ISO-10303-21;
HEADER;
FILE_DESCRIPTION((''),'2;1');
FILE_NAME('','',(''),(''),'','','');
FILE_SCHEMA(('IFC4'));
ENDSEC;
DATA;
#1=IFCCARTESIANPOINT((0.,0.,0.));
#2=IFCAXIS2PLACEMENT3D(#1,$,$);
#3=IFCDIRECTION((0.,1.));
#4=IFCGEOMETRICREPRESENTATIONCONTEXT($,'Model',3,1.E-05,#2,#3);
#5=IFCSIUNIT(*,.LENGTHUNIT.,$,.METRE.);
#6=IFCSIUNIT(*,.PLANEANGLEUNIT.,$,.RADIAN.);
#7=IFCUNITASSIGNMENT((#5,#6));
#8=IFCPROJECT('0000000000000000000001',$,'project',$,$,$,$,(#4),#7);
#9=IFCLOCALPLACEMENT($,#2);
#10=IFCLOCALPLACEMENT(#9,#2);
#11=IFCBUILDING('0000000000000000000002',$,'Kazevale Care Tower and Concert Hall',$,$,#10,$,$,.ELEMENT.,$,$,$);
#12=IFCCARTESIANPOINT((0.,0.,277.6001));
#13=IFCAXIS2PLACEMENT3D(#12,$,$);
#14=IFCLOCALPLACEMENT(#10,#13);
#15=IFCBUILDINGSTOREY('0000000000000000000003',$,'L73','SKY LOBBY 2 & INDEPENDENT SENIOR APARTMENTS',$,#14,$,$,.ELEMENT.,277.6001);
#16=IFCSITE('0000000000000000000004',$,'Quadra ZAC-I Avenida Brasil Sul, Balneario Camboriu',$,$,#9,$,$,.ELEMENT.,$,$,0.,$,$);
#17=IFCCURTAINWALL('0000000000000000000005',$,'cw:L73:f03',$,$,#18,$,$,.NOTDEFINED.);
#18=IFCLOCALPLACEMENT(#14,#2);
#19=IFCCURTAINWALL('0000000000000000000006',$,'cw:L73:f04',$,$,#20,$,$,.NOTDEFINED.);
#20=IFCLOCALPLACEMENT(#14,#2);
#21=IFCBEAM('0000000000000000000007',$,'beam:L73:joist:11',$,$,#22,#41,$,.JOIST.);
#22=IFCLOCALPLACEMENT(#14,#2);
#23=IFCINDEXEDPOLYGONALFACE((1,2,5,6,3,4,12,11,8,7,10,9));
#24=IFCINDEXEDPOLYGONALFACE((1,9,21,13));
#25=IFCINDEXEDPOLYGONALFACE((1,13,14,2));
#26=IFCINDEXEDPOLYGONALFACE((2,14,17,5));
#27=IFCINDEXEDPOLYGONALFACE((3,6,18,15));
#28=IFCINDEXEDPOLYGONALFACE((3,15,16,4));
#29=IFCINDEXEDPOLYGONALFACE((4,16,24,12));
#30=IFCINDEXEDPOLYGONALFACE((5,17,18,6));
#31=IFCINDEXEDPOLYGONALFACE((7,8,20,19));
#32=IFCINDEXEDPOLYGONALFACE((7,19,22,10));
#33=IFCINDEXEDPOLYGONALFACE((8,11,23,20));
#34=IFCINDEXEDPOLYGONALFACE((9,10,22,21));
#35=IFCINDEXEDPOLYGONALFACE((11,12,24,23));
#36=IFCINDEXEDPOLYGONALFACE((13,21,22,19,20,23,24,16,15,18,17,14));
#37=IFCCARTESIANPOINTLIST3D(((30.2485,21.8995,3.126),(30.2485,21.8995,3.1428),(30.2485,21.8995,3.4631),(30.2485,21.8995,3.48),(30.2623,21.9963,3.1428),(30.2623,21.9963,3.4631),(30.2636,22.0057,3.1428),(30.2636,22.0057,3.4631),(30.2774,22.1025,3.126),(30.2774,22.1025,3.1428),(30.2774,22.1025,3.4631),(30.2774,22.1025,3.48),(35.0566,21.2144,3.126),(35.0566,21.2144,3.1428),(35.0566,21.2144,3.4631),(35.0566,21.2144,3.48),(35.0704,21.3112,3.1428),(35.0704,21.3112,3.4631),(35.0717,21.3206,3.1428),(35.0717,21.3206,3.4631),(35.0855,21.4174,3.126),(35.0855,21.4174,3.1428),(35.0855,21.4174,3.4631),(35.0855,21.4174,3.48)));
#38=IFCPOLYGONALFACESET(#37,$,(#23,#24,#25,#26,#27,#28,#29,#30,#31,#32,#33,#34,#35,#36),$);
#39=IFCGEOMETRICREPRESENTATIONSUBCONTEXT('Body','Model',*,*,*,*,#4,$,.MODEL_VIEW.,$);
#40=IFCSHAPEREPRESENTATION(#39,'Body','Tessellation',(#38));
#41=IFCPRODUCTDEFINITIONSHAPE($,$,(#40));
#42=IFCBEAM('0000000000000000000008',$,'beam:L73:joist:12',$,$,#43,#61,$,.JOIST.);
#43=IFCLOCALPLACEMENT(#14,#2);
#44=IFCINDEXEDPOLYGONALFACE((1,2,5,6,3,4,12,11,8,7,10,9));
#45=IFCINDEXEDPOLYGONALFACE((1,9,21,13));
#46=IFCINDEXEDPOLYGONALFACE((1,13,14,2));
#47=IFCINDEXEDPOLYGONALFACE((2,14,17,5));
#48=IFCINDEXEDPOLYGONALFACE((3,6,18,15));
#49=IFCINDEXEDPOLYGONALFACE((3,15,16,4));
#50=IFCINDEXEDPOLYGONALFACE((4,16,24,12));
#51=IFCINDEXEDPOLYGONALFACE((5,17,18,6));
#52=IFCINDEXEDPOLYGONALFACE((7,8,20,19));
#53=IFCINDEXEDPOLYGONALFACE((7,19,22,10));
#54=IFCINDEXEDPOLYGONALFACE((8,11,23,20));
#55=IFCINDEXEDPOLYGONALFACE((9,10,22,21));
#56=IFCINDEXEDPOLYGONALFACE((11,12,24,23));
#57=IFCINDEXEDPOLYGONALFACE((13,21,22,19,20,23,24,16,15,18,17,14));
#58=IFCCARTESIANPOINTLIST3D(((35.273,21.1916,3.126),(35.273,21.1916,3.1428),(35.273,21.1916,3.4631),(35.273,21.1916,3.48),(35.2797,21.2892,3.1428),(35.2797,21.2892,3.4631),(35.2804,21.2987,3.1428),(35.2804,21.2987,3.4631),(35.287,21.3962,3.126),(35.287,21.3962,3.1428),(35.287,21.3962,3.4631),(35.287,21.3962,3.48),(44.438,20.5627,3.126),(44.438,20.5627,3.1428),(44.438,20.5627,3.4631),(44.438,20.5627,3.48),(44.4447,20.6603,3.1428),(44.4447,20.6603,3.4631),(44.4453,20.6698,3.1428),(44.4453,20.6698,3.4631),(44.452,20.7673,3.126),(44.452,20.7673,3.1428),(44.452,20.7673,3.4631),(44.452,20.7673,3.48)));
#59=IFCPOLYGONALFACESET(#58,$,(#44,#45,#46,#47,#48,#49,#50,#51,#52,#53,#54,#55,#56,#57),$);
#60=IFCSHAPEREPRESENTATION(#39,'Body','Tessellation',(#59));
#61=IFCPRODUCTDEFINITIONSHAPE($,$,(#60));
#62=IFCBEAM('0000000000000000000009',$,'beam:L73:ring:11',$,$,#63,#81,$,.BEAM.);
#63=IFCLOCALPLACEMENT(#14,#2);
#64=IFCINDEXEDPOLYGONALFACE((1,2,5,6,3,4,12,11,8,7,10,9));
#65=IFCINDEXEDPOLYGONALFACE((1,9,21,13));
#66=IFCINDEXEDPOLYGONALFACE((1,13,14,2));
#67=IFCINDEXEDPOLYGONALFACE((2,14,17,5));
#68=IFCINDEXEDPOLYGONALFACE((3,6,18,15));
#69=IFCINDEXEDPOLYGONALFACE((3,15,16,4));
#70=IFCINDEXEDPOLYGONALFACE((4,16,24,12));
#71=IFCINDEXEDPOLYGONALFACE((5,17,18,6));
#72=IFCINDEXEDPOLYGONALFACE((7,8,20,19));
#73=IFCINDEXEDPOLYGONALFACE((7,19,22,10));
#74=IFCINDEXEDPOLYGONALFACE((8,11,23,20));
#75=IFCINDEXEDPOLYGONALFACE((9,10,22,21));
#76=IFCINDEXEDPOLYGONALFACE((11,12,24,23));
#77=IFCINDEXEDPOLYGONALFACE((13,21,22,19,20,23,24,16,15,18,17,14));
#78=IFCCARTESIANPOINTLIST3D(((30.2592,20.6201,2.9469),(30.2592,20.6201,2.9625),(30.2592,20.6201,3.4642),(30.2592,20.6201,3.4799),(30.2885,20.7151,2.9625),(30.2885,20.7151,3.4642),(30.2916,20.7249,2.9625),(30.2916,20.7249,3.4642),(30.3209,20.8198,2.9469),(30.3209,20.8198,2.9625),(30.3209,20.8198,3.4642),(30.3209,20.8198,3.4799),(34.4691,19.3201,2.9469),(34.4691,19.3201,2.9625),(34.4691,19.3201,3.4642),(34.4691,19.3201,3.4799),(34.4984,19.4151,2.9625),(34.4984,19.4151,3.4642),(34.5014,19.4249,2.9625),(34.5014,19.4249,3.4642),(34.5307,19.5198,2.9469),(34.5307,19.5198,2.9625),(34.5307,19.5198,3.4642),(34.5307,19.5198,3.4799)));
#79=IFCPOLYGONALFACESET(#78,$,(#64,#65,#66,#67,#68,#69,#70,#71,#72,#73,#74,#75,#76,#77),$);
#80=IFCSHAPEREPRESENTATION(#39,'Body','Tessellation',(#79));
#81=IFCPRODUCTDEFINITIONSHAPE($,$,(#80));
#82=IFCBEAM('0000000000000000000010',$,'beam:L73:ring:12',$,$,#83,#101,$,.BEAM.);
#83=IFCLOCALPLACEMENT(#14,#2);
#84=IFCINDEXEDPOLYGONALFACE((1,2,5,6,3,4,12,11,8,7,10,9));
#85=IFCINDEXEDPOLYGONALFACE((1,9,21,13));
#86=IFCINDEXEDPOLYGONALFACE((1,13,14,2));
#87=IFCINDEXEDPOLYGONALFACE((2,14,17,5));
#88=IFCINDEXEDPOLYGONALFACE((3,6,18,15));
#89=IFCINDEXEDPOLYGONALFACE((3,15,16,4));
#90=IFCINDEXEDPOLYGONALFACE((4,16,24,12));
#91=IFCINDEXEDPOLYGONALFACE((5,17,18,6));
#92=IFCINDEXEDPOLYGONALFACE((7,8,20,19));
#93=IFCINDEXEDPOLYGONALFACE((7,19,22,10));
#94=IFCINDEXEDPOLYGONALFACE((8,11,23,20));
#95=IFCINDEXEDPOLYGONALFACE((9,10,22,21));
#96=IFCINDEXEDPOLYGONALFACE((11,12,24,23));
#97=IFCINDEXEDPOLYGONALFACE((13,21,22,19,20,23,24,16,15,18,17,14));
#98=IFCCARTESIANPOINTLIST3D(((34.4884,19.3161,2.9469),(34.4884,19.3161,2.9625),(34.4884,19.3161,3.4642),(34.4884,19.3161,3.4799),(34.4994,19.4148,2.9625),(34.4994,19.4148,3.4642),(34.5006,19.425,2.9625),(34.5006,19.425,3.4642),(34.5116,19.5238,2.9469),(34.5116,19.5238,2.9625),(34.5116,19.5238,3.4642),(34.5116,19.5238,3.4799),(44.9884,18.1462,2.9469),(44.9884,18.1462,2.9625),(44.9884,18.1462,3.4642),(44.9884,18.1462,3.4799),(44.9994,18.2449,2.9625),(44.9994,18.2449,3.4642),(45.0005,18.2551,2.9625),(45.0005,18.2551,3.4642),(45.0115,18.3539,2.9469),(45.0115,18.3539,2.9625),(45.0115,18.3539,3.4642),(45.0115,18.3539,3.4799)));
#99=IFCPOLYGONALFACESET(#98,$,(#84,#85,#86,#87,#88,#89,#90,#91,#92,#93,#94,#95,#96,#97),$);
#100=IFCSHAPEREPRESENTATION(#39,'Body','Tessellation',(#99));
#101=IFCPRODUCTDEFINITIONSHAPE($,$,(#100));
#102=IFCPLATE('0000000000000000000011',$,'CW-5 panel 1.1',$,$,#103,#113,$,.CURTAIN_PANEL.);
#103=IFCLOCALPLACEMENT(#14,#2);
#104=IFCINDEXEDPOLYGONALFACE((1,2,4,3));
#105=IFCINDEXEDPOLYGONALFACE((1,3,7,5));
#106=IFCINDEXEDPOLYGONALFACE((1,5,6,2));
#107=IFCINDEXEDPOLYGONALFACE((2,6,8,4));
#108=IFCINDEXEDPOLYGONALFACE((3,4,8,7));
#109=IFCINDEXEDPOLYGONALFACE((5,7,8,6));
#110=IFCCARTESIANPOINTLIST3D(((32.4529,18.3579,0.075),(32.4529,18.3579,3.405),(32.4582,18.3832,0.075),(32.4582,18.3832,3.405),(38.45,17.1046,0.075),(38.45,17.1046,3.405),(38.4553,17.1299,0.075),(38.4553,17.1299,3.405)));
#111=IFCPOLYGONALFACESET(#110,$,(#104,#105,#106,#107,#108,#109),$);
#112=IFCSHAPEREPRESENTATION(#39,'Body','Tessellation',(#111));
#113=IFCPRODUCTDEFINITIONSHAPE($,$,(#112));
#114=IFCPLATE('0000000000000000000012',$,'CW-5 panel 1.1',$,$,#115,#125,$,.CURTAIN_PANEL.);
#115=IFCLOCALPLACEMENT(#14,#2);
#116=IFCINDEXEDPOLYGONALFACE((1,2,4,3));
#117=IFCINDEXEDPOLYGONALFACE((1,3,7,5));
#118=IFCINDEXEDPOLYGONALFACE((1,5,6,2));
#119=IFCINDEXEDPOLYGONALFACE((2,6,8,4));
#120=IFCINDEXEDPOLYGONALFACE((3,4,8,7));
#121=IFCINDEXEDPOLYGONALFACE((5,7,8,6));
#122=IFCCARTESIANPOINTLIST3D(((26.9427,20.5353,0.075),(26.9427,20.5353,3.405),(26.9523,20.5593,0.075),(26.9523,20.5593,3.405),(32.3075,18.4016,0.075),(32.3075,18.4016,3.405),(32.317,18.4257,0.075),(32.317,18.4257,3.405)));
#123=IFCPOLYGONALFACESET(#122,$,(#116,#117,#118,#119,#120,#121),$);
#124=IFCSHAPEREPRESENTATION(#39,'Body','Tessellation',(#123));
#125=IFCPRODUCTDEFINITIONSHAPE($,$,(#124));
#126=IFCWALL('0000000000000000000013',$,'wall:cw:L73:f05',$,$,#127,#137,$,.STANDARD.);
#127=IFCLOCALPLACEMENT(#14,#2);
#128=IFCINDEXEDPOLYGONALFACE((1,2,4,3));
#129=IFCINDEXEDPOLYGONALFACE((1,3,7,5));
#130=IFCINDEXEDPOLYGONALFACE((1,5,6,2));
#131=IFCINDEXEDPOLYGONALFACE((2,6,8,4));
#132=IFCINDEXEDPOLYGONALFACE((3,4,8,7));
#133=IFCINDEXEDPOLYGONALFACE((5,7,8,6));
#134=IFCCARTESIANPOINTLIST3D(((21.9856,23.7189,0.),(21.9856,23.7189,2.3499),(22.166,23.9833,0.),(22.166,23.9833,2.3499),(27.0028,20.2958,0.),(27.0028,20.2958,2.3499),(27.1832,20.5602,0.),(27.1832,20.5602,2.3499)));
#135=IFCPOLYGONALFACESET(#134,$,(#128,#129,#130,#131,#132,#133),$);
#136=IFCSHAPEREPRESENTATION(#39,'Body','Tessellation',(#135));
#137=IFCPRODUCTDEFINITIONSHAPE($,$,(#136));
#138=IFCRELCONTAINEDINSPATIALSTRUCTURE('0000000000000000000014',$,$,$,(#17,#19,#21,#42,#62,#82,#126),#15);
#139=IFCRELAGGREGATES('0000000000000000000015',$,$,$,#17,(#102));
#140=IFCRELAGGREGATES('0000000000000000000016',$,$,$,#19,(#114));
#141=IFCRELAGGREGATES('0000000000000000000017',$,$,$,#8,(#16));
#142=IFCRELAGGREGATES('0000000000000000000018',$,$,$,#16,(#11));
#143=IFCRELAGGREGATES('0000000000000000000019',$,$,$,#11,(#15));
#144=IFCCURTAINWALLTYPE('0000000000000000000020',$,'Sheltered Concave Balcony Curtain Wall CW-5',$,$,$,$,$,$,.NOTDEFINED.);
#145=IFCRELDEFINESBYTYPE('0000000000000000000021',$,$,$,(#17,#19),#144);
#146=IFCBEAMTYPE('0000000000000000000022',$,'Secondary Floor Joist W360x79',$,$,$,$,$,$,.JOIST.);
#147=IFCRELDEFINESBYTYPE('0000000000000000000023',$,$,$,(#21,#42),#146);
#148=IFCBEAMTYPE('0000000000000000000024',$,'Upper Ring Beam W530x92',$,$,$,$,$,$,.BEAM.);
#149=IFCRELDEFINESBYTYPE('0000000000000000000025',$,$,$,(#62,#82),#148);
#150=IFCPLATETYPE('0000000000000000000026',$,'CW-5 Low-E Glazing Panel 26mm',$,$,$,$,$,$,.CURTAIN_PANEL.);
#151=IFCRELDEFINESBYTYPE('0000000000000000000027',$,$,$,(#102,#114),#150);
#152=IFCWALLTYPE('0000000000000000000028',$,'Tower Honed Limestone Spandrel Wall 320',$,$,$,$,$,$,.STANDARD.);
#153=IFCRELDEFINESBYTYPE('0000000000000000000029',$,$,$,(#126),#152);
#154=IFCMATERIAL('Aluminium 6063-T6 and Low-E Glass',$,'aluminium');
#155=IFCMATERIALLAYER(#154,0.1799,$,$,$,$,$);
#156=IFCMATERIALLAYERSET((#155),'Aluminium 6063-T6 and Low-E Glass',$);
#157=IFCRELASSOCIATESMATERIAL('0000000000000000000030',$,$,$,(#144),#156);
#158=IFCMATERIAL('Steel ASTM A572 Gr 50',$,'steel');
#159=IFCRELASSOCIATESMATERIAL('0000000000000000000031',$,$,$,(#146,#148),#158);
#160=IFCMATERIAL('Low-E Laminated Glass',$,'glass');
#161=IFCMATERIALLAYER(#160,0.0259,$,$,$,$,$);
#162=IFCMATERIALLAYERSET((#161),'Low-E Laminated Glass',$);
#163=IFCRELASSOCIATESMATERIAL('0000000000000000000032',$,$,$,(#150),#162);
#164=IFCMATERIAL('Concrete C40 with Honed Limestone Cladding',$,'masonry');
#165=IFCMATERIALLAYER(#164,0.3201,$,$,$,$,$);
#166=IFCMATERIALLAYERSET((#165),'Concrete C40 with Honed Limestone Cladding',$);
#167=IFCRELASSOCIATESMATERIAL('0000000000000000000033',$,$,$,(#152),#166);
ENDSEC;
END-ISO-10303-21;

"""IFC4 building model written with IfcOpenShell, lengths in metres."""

from ifc_helpers import new_model, si_unit, direction, frame, frame_2d, origin, origin_2d, place, context, subcontext, project, spatial, rectangle, i_section, extrude, material, layer, layer_set, material_profile, profile_set, type_object, element, aggregate, save


model = new_model("IFC4")

# Units and contexts
model_context = context("Model", 3, precision=1e-05, world=origin(), true_north=direction((0.0, 1.0)))
body_context = subcontext(model_context, "Body", "Model", "MODEL_VIEW")
ifc_project = project(units=[si_unit("LENGTHUNIT", "METRE"), si_unit("PLANEANGLEUNIT", "RADIAN")], contexts=[model_context])

# Site, building, storey
site_placement = place(None, origin())
site = spatial("IfcSite", under=ifc_project, at=site_placement, Name="Quadra ZAC-I Avenida Brasil Sul, Balneario Camboriu", CompositionType="ELEMENT", RefElevation=0.0)
building_placement = place(site_placement, origin())
building = spatial("IfcBuilding", under=site, at=building_placement, Name="Kazevale Care Tower and Concert Hall", CompositionType="ELEMENT")
storey_placement = place(building_placement, frame((0.0, 0.0, 277.6001)))
storey = spatial("IfcBuildingStorey", under=building, at=storey_placement, Name="L73", Description="SKY LOBBY 2 & INDEPENDENT SENIOR APARTMENTS", CompositionType="ELEMENT", Elevation=277.6001)

# Curtain wall
ifc_material_1 = material(Name="Aluminium 6063-T6 and Low-E Glass", Category="aluminium")
ifc_layer_1 = layer(ifc_material_1, 0.1799)
ifc_layer_set_1 = layer_set([ifc_layer_1], Name="Aluminium 6063-T6 and Low-E Glass")
curtain_wall_type = type_object("IfcCurtainWallType", Name="Sheltered Concave Balcony Curtain Wall CW-5", PredefinedType="NOTDEFINED", material=ifc_layer_set_1)
curtain_wall_1_placement = place(storey_placement, origin())
curtain_wall_1 = element("IfcCurtainWall", 1, at=curtain_wall_1_placement, inside=storey, type_object=curtain_wall_type, Name="cw:L73:f03", PredefinedType="NOTDEFINED")

# Curtain wall
curtain_wall_2_placement = place(storey_placement, origin())
curtain_wall_2 = element("IfcCurtainWall", 2, at=curtain_wall_2_placement, inside=storey, type_object=curtain_wall_type, Name="cw:L73:f04", PredefinedType="NOTDEFINED")

# Beams
ifc_material_2 = material(Name="Steel ASTM A572 Gr 50", Category="steel")
ifc_material_profile_1 = material_profile(ifc_material_2, i_section(OverallWidth=0.2051, OverallDepth=0.354, WebThickness=0.0095, FlangeThickness=0.0168, at=origin_2d()), Name="W360x79")
ifc_profile_set_1 = profile_set([ifc_material_profile_1], Name="Steel ASTM A572 Gr 50")
beam_type_1 = type_object("IfcBeamType", Name="Secondary Floor Joist W360x79", PredefinedType="JOIST", material=ifc_profile_set_1)
beam_1_placement = place(storey_placement, frame((30.2629, 22.001, 3.303), z_axis=(0.990002, -0.141055, 0.0), x_axis=(0.141055, 0.990002, 0.0)))
element("IfcBeam", 3, at=beam_1_placement, inside=storey, type_object=beam_type_1, Name="beam:L73:joist:11", PredefinedType="JOIST", context=body_context, shape_type="SweptSolid", body=[
    extrude(i_section(OverallWidth=0.2051, OverallDepth=0.354, WebThickness=0.0095, FlangeThickness=0.0168, at=origin_2d()), origin(), (0.0, 0.0, 1.0), 4.8567),
])
beam_2_placement = place(storey_placement, frame((35.28, 21.2939, 3.303), z_axis=(0.997654, -0.068459, 0.0), x_axis=(0.068459, 0.997654, 0.0)))
element("IfcBeam", 4, at=beam_2_placement, inside=storey, type_object=beam_type_1, Name="beam:L73:joist:12", PredefinedType="JOIST", context=body_context, shape_type="SweptSolid", body=[
    extrude(i_section(OverallWidth=0.2051, OverallDepth=0.354, WebThickness=0.0095, FlangeThickness=0.0168, at=origin_2d()), origin(), (0.0, 0.0, 1.0), 9.1865),
])
ifc_material_profile_2 = material_profile(ifc_material_2, i_section(OverallWidth=0.209, OverallDepth=0.533, WebThickness=0.0103, FlangeThickness=0.0156, at=origin_2d()), Name="W530x92")
ifc_profile_set_2 = profile_set([ifc_material_profile_2], Name="Steel ASTM A572 Gr 50")
beam_type_2 = type_object("IfcBeamType", Name="Upper Ring Beam W530x92", PredefinedType="BEAM", material=ifc_profile_set_2)
beam_3_placement = place(storey_placement, frame((30.29, 20.72, 3.2134), z_axis=(0.95548, -0.295055, 0.0), x_axis=(0.295055, 0.95548, 0.0)))
element("IfcBeam", 5, at=beam_3_placement, inside=storey, type_object=beam_type_2, Name="beam:L73:ring:11", PredefinedType="BEAM", context=body_context, shape_type="SweptSolid", body=[
    extrude(i_section(OverallWidth=0.209, OverallDepth=0.533, WebThickness=0.0103, FlangeThickness=0.0156, at=origin_2d()), origin(), (0.0, 0.0, 1.0), 4.406),
])
beam_4_placement = place(storey_placement, frame((34.5, 19.4199, 3.2134), z_axis=(0.99385, -0.110736, 0.0), x_axis=(0.110736, 0.99385, 0.0)))
element("IfcBeam", 6, at=beam_4_placement, inside=storey, type_object=beam_type_2, Name="beam:L73:ring:12", PredefinedType="BEAM", context=body_context, shape_type="SweptSolid", body=[
    extrude(i_section(OverallWidth=0.209, OverallDepth=0.533, WebThickness=0.0103, FlangeThickness=0.0156, at=origin_2d()), origin(), (0.0, 0.0, 1.0), 10.5649),
])

# Plates
ifc_material_3 = material(Name="Low-E Laminated Glass", Category="glass")
ifc_layer_2 = layer(ifc_material_3, 0.0259)
ifc_layer_set_2 = layer_set([ifc_layer_2], Name="Low-E Laminated Glass")
plate_type = type_object("IfcPlateType", Name="CW-5 Low-E Glazing Panel 26mm", PredefinedType="CURTAIN_PANEL", material=ifc_layer_set_2)
plate_1_placement = place(storey_placement, frame((35.4541, 17.7439, 0.075), z_axis=(0.0, 0.0, 1.0), x_axis=(-0.978853, 0.204565, 0.0)))
plate_1 = element("IfcPlate", 7, at=plate_1_placement, type_object=plate_type, Name="CW-5 panel 1.1", PredefinedType="CURTAIN_PANEL", context=body_context, shape_type="SweptSolid", body=[
    extrude(rectangle(XDim=6.1267, YDim=0.0259, at=origin_2d()), origin(), (0.0, 0.0, 1.0), 3.3301),
])
aggregate(curtain_wall_1, [plate_1])
plate_2_placement = place(storey_placement, frame((29.6299, 19.4805, 0.075), z_axis=(0.0, 0.0, 1.0), x_axis=(-0.929208, 0.369556, 0.0)))
plate_2 = element("IfcPlate", 8, at=plate_2_placement, type_object=plate_type, Name="CW-5 panel 1.1", PredefinedType="CURTAIN_PANEL", context=body_context, shape_type="SweptSolid", body=[
    extrude(rectangle(XDim=5.7734, YDim=0.0259, at=origin_2d()), origin(), (0.0, 0.0, 1.0), 3.3301),
])
aggregate(curtain_wall_2, [plate_2])

# Wall
ifc_material_4 = material(Name="Concrete C40 with Honed Limestone Cladding", Category="masonry")
ifc_layer_3 = layer(ifc_material_4, 0.3201)
ifc_layer_set_3 = layer_set([ifc_layer_3], Name="Concrete C40 with Honed Limestone Cladding")
wall_type = type_object("IfcWallType", Name="Tower Honed Limestone Spandrel Wall 320", PredefinedType="STANDARD", material=ifc_layer_set_3)
wall_placement = place(storey_placement, frame((27.093, 20.428, 0.0), z_axis=(0.0, 0.0, 1.0), x_axis=(-0.826047, 0.563601, 0.0)))
element("IfcWall", 9, at=wall_placement, inside=storey, type_object=wall_type, Name="wall:cw:L73:f05", PredefinedType="STANDARD", context=body_context, shape_type="SweptSolid", body=[
    extrude(rectangle(XDim=6.0737, YDim=0.3201, at=frame_2d((3.0369, 0.0))), origin(), (0.0, 0.0, 1.0), 2.3499),
])

save(model, "model.ifc")
